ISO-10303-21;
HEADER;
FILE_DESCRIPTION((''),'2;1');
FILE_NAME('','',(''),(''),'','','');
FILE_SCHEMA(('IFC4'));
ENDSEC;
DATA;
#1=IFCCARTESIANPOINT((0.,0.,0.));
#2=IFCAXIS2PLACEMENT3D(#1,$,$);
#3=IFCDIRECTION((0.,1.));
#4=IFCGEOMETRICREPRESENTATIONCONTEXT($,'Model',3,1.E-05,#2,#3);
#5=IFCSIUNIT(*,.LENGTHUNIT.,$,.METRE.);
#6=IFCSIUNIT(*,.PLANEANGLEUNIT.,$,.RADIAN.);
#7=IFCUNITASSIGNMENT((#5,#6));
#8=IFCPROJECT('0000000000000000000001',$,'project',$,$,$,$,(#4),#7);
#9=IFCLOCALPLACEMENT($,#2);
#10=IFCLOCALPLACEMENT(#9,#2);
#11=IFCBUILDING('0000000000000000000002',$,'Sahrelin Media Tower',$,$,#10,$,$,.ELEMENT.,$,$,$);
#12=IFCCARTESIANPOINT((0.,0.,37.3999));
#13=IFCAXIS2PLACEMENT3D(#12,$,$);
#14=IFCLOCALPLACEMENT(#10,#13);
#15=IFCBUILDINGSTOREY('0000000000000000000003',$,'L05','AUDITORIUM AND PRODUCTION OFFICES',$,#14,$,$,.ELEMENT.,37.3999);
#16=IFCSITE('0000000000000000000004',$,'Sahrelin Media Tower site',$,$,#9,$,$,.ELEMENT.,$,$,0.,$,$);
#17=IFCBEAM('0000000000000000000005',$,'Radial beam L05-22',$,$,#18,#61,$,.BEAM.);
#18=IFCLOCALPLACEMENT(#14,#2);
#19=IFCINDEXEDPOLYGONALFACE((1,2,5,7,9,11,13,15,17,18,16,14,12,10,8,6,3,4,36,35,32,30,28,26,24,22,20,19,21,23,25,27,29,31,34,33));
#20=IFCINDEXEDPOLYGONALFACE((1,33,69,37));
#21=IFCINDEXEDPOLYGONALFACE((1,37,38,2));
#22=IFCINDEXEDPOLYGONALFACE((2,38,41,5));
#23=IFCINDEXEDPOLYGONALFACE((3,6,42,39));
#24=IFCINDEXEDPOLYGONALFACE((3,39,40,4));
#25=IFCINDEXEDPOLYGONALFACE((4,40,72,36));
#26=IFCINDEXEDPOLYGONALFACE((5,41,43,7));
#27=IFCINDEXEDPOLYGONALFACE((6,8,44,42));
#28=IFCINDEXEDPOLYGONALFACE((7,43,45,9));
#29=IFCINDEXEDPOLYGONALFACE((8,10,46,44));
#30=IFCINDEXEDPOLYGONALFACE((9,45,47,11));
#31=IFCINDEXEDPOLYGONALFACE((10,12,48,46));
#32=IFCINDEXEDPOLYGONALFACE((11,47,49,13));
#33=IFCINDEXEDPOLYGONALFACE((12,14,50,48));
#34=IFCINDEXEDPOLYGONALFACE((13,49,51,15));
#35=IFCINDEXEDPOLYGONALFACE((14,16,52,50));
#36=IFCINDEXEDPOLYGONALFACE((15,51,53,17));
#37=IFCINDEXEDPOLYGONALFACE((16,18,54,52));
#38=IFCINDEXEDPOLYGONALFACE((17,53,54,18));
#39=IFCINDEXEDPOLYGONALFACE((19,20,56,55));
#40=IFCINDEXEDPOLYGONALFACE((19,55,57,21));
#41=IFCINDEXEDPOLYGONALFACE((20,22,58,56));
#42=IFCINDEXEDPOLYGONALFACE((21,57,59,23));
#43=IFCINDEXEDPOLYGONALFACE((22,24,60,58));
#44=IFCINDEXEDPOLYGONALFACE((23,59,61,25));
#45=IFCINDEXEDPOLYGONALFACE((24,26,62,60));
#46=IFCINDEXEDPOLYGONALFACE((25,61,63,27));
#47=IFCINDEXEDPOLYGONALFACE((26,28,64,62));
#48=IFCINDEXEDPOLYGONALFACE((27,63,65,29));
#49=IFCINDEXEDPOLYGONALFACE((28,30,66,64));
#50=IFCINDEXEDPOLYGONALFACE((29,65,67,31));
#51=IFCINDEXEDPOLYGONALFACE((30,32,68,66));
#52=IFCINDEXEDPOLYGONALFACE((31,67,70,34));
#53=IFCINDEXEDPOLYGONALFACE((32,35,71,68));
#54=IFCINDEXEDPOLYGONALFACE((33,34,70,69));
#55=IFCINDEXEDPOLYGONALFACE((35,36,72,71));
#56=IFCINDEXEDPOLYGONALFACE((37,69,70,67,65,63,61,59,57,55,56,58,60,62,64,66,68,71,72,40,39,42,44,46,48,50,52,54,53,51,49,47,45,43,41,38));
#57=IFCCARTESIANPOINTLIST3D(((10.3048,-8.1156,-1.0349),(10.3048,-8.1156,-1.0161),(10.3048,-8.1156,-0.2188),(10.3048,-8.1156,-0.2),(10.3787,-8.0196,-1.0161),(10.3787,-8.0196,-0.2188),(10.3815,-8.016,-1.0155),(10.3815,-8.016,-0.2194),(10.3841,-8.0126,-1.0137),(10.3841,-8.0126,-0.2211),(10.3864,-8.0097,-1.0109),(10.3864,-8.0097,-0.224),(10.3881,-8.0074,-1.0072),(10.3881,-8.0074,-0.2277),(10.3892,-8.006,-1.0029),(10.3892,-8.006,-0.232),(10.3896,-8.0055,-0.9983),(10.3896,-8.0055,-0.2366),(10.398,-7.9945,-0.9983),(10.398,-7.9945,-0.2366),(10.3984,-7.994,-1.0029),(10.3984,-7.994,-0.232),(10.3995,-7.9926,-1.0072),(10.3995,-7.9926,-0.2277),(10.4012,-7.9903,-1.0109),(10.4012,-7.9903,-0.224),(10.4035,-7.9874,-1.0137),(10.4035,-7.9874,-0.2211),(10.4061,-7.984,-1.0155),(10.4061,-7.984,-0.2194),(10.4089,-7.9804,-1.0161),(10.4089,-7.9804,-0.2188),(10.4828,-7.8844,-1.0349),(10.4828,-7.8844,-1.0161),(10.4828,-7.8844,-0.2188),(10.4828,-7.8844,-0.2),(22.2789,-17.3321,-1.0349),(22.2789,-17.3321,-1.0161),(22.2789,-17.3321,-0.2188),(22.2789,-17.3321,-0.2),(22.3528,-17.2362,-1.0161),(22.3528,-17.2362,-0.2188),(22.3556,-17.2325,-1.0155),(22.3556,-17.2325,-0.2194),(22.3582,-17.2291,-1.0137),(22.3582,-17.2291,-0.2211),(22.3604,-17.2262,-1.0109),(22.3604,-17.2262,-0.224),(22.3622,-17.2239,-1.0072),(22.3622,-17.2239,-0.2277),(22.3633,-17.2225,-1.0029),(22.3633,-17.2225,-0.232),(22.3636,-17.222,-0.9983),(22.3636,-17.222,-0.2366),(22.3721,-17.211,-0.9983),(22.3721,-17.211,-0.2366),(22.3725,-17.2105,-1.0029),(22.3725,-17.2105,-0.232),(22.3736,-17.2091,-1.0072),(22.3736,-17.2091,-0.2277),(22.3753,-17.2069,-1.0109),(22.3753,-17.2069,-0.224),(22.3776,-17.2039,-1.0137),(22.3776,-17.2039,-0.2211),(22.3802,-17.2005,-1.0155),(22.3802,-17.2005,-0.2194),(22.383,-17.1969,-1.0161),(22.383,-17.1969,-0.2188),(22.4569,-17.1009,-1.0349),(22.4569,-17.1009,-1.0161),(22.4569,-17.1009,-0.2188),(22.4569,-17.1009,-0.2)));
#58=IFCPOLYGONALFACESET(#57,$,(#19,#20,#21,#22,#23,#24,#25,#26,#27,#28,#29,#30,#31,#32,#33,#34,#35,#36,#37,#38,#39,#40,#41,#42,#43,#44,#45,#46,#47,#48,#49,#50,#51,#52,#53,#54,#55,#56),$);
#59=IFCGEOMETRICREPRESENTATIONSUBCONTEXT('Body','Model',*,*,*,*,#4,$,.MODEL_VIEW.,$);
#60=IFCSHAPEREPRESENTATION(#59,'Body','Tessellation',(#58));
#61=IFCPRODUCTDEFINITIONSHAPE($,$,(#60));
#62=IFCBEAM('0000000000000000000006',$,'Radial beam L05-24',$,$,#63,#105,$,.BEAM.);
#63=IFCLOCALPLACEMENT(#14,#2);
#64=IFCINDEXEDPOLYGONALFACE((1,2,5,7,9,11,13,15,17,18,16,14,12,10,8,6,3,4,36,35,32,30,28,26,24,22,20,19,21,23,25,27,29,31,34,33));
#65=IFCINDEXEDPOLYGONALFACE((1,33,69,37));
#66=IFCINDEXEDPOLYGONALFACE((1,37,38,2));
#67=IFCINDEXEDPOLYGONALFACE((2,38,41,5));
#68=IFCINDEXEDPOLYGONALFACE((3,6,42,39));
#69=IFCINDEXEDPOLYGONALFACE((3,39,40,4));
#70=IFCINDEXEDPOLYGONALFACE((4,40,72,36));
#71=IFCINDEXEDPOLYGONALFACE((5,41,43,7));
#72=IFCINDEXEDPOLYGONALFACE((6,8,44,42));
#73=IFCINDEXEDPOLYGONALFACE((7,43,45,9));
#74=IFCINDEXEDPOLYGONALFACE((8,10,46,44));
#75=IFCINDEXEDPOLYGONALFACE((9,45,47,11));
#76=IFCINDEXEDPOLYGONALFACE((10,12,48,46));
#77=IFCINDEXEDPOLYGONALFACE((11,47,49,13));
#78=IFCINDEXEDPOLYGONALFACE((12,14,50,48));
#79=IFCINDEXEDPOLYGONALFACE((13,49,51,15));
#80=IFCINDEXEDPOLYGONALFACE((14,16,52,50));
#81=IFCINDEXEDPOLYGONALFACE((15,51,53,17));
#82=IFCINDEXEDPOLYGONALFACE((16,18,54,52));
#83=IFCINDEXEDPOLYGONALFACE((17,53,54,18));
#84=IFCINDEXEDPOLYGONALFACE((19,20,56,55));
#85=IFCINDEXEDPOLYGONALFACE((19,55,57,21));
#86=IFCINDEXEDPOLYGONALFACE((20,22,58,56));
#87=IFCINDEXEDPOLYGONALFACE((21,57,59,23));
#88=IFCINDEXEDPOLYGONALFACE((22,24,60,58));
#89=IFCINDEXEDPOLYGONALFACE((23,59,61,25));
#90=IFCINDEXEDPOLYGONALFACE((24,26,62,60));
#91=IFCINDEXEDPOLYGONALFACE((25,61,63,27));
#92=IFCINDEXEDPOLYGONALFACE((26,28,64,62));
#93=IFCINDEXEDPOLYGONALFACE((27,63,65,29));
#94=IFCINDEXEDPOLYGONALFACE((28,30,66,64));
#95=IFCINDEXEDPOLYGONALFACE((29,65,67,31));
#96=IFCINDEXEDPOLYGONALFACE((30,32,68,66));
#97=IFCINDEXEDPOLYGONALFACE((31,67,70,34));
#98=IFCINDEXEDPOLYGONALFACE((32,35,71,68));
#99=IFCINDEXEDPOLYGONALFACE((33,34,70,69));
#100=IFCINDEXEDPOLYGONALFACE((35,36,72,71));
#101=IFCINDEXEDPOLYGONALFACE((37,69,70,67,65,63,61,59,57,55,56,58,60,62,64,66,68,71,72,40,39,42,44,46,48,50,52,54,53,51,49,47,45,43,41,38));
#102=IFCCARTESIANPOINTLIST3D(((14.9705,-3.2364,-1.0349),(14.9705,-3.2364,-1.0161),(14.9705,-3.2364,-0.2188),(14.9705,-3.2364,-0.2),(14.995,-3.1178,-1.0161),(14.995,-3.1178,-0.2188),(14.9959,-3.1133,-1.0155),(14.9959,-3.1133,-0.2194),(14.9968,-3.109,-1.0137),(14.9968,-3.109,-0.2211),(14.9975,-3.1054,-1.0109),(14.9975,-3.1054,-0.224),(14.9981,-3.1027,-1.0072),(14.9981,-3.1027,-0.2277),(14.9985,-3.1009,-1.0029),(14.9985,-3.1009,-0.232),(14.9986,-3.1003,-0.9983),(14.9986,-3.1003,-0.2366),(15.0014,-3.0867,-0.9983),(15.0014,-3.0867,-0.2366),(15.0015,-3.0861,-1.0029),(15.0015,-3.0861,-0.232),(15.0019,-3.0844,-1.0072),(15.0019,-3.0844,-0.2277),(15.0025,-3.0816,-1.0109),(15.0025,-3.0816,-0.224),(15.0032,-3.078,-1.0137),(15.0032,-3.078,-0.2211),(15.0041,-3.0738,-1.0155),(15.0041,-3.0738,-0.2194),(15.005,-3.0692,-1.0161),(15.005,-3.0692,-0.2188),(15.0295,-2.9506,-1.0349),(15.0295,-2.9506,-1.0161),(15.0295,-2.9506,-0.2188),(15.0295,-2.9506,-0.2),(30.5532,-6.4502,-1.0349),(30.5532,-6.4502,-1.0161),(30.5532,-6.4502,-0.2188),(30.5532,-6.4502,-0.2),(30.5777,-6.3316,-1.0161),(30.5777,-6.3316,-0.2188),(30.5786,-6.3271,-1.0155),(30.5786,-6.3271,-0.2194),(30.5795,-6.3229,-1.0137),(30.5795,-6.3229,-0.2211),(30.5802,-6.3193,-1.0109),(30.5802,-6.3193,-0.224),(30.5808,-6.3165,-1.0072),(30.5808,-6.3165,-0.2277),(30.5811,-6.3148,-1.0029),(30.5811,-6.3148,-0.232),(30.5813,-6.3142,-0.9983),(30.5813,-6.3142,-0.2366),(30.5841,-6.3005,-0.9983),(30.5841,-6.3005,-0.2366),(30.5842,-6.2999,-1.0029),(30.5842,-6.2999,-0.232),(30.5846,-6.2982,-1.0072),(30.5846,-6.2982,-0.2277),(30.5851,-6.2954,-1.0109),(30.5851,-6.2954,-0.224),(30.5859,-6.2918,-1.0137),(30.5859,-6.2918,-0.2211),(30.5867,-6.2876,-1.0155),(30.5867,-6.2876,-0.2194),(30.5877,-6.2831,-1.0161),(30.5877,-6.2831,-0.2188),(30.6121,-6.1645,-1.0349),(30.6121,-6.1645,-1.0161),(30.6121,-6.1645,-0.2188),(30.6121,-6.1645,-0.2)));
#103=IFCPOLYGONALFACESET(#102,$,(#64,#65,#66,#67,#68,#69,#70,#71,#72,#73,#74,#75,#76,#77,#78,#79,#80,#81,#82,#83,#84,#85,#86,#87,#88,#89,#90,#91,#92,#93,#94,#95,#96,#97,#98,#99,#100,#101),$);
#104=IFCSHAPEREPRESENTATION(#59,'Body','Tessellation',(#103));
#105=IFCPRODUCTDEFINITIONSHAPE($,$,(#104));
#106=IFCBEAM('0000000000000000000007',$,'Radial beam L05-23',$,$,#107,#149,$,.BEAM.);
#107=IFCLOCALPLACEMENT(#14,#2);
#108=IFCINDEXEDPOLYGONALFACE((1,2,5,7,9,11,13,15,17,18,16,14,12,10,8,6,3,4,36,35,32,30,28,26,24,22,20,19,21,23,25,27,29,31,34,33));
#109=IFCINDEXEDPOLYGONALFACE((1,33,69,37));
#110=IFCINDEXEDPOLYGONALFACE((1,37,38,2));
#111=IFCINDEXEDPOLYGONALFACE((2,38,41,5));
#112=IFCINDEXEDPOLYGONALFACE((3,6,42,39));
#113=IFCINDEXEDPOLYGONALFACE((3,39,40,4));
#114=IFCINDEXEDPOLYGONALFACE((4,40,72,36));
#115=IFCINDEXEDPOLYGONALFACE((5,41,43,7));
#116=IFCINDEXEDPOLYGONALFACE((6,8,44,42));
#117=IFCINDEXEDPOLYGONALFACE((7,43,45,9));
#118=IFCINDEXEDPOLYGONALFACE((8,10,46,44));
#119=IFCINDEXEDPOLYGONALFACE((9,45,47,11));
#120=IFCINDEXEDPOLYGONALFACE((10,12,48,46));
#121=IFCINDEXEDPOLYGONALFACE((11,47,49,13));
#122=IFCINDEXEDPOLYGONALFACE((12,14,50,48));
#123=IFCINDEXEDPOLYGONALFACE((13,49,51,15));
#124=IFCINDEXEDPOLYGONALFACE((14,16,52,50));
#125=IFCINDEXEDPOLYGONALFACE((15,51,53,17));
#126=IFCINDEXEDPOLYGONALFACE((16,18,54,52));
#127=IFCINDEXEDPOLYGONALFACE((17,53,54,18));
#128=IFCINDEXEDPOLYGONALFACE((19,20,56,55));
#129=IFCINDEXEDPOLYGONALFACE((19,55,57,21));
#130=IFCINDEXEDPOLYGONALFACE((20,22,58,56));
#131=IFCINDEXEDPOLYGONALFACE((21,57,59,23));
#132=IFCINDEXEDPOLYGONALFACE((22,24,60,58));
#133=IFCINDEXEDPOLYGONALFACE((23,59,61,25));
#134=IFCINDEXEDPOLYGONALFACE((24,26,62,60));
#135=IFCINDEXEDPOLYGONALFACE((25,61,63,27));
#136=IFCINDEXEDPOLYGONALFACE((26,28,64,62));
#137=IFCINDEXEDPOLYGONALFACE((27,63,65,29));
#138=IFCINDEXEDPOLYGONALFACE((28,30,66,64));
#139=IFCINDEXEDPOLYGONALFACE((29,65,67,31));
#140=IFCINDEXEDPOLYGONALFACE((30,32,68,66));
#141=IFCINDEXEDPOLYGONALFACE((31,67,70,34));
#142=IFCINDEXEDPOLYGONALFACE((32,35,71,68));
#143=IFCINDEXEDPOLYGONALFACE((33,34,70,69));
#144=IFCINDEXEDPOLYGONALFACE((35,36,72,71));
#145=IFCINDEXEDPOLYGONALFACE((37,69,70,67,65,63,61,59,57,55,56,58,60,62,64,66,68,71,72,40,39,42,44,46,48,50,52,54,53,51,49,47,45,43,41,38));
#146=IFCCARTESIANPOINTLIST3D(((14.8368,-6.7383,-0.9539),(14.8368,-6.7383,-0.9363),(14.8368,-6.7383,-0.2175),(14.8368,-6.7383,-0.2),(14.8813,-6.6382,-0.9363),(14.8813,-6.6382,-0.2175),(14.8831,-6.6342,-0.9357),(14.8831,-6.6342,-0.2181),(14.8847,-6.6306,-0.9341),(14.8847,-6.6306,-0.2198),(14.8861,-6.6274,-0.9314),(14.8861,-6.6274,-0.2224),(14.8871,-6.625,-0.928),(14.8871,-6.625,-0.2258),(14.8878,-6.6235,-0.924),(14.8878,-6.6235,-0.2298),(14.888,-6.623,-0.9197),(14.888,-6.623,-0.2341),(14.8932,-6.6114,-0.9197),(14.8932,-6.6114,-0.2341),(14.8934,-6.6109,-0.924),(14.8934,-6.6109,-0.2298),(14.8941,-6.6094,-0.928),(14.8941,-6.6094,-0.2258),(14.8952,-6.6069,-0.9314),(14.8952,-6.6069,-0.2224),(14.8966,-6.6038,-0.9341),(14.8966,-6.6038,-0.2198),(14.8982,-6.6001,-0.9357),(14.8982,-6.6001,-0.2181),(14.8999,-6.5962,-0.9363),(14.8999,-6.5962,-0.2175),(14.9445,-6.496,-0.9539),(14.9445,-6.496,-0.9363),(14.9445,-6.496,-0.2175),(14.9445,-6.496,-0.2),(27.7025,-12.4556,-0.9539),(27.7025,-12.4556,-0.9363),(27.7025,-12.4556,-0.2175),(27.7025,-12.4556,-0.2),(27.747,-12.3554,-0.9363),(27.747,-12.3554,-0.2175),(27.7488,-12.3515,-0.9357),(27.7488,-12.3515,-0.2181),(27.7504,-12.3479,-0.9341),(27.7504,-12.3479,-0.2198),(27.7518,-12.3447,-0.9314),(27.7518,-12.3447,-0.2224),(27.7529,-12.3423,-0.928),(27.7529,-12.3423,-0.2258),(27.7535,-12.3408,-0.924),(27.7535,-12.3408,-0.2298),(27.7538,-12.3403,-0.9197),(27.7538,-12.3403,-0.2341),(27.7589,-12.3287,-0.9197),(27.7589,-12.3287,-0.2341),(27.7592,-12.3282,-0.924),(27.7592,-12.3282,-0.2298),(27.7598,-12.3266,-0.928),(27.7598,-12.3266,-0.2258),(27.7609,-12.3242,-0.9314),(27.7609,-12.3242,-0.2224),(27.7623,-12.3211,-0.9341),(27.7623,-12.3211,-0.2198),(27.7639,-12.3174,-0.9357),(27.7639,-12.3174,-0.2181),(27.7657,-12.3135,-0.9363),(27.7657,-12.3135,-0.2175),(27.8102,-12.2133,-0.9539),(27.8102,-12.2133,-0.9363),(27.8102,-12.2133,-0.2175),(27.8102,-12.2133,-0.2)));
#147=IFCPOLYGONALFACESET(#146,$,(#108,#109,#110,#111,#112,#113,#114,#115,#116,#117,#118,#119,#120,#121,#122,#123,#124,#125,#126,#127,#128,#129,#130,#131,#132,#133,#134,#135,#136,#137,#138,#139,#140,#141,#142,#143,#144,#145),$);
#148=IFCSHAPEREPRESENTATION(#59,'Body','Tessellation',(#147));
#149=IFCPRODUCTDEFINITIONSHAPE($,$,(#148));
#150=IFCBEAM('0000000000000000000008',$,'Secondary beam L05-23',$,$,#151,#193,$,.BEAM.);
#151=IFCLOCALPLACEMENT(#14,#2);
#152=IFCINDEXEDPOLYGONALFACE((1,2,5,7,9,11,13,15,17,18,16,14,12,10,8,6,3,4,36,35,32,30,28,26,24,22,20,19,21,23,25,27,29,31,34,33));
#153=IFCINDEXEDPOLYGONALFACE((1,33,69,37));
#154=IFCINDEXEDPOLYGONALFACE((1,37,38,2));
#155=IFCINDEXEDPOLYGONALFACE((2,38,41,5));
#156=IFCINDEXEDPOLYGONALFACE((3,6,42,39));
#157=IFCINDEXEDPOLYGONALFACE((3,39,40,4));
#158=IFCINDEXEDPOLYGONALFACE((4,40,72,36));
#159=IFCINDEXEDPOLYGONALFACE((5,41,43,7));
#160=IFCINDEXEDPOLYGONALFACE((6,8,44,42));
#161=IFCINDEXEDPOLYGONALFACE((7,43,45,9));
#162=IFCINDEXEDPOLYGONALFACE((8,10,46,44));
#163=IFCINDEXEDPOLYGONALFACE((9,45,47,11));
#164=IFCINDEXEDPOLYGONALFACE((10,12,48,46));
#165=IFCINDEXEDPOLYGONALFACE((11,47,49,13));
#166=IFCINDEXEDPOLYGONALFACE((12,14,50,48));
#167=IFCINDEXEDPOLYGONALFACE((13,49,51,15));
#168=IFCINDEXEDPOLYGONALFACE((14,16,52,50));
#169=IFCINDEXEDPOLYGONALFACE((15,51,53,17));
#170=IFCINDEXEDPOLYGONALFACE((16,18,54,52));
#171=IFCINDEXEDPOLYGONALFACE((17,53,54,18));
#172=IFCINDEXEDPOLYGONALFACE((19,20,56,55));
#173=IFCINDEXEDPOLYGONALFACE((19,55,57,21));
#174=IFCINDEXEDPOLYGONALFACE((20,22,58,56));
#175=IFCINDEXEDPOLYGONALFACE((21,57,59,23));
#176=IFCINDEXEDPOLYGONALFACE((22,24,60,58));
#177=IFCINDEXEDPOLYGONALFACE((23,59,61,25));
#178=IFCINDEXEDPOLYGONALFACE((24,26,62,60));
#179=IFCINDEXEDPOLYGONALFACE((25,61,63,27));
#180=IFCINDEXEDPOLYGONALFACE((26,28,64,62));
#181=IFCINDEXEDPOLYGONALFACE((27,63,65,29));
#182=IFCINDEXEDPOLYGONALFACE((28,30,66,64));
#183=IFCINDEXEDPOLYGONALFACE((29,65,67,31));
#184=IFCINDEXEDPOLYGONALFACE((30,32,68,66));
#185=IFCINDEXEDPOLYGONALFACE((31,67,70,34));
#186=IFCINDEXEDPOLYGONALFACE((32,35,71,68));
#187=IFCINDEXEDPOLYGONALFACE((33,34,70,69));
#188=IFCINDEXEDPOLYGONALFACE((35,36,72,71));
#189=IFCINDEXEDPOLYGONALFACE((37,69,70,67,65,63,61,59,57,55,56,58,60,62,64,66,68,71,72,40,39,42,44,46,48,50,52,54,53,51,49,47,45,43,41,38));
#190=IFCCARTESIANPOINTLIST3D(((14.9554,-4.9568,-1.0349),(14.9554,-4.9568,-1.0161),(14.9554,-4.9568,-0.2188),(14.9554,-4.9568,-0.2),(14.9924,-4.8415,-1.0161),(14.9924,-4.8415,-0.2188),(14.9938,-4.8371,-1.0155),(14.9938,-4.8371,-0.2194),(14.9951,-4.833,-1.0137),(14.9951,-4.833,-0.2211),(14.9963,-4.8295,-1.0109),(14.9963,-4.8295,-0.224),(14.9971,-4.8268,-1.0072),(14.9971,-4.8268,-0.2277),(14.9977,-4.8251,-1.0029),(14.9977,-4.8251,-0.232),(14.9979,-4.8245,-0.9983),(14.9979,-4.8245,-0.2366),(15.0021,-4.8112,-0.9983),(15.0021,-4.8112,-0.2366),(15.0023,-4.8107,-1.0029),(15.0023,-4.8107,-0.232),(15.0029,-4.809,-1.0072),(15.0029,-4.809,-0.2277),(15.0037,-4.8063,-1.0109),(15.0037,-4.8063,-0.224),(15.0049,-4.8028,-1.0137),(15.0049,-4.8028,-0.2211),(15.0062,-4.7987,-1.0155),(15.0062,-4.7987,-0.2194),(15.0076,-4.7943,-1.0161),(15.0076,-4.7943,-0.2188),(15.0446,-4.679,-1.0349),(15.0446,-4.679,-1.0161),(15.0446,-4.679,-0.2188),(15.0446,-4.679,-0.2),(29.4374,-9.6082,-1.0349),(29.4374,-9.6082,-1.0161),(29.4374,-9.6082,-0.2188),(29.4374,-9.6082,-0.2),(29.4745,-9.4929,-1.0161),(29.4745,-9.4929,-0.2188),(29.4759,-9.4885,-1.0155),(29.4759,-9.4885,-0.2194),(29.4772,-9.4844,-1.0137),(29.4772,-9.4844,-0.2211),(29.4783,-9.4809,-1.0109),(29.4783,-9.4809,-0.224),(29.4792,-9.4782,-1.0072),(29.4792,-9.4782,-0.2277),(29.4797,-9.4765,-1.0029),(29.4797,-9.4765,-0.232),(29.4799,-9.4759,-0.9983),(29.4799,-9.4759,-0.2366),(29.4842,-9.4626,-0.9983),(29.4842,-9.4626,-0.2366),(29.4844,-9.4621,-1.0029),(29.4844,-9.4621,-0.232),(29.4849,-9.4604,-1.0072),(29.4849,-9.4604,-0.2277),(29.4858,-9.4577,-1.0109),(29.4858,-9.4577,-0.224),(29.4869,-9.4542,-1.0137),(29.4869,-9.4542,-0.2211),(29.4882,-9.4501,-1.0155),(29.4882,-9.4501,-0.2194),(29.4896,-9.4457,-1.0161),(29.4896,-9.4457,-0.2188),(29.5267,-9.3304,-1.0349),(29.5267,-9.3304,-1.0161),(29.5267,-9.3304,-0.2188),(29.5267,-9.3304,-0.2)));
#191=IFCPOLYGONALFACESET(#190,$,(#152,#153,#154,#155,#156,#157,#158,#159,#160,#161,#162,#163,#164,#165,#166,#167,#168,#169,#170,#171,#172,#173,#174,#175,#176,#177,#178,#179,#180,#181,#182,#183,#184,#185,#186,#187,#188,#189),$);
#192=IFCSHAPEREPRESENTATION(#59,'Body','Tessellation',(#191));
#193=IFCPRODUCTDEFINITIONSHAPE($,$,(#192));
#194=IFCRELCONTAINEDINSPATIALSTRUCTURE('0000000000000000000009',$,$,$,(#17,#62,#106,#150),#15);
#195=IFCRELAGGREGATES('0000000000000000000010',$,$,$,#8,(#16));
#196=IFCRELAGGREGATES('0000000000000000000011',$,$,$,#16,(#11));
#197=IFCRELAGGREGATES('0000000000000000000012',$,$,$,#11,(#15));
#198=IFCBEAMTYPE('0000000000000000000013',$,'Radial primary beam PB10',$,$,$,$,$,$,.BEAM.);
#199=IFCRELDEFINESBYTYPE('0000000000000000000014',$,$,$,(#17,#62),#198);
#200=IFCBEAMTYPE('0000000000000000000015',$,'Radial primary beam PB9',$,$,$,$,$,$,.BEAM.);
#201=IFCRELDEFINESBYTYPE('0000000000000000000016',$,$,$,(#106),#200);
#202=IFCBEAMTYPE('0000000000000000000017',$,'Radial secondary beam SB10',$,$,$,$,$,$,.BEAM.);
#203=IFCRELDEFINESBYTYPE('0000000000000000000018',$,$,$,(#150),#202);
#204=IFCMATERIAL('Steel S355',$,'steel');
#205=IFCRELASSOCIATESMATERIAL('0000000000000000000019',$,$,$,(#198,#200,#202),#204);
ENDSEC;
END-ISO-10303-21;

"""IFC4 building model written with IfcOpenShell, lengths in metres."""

from ifc_helpers import new_model, si_unit, direction, frame, origin, origin_2d, place, context, subcontext, project, spatial, i_section, extrude, material, material_profile, profile_set, type_object, element, save


model = new_model("IFC4")

# Units and contexts
model_context = context("Model", 3, precision=1e-05, world=origin(), true_north=direction((0.0, 1.0)))
body_context = subcontext(model_context, "Body", "Model", "MODEL_VIEW")
ifc_project = project(units=[si_unit("LENGTHUNIT", "METRE"), si_unit("PLANEANGLEUNIT", "RADIAN")], contexts=[model_context])

# Site, building, storey
site_placement = place(None, origin())
site = spatial("IfcSite", under=ifc_project, at=site_placement, Name="Sahrelin Media Tower site", CompositionType="ELEMENT", RefElevation=0.0)
building_placement = place(site_placement, origin())
building = spatial("IfcBuilding", under=site, at=building_placement, Name="Sahrelin Media Tower", CompositionType="ELEMENT")
storey_placement = place(building_placement, frame((0.0, 0.0, 37.3999)))
storey = spatial("IfcBuildingStorey", under=building, at=storey_placement, Name="L05", Description="AUDITORIUM AND PRODUCTION OFFICES", CompositionType="ELEMENT", Elevation=37.3999)

# Beams
ifc_material_1 = material(Name="Steel S355", Category="steel")
ifc_material_profile_1 = material_profile(ifc_material_1, i_section(OverallWidth=0.2917, OverallDepth=0.835, WebThickness=0.0139, FlangeThickness=0.0188, FilletRadius=0.0178, at=origin_2d()), Name="UB 838x292x176")
ifc_profile_set_1 = profile_set([ifc_material_profile_1], Name="Steel S355")
beam_type_1 = type_object("IfcBeamType", Name="Radial primary beam PB10", PredefinedType="BEAM", material=ifc_profile_set_1)
beam_1_placement = place(storey_placement, frame((10.3938, -8.0, -0.6174), z_axis=(0.792442, -0.609947, 0.0), x_axis=(0.609947, 0.792442, 0.0)))
element("IfcBeam", 1, at=beam_1_placement, inside=storey, type_object=beam_type_1, Name="Radial beam L05-22", PredefinedType="BEAM", context=body_context, shape_type="SweptSolid", body=[
    extrude(i_section(OverallWidth=0.2917, OverallDepth=0.835, WebThickness=0.0139, FlangeThickness=0.0188, FilletRadius=0.0178, at=origin_2d()), origin(), (0.0, 0.0, 1.0), 15.1104),
])
beam_2_placement = place(storey_placement, frame((15.0, -3.0935, -0.6174), z_axis=(0.979387, -0.201994, 0.0), x_axis=(0.201994, 0.979387, 0.0)))
element("IfcBeam", 2, at=beam_2_placement, inside=storey, type_object=beam_type_1, Name="Radial beam L05-24", PredefinedType="BEAM", context=body_context, shape_type="SweptSolid", body=[
    extrude(i_section(OverallWidth=0.2917, OverallDepth=0.835, WebThickness=0.0139, FlangeThickness=0.0188, FilletRadius=0.0178, at=origin_2d()), origin(), (0.0, 0.0, 1.0), 15.9106),
])
ifc_material_profile_2 = material_profile(ifc_material_1, i_section(OverallWidth=0.2651, OverallDepth=0.7539, WebThickness=0.0127, FlangeThickness=0.0176, FilletRadius=0.0166, at=origin_2d()), Name="UB 762x267x147")
ifc_profile_set_2 = profile_set([ifc_material_profile_2], Name="Steel S355")
beam_type_2 = type_object("IfcBeamType", Name="Radial primary beam PB9", PredefinedType="BEAM", material=ifc_profile_set_2)
beam_3_placement = place(storey_placement, frame((14.8906, -6.6172, -0.5769), z_axis=(0.913833, -0.40609, 0.0), x_axis=(0.40609, 0.913833, 0.0)))
element("IfcBeam", 3, at=beam_3_placement, inside=storey, type_object=beam_type_2, Name="Radial beam L05-23", PredefinedType="BEAM", context=body_context, shape_type="SweptSolid", body=[
    extrude(i_section(OverallWidth=0.2651, OverallDepth=0.7539, WebThickness=0.0127, FlangeThickness=0.0176, FilletRadius=0.0166, at=origin_2d()), origin(), (0.0, 0.0, 1.0), 14.0789),
])
ifc_material_profile_3 = material_profile(ifc_material_1, i_section(OverallWidth=0.2917, OverallDepth=0.835, WebThickness=0.0139, FlangeThickness=0.0188, FilletRadius=0.0178, at=origin_2d()), Name="UB 838x292x176")
ifc_profile_set_3 = profile_set([ifc_material_profile_3], Name="Steel S355")
beam_type_3 = type_object("IfcBeamType", Name="Radial secondary beam SB10", PredefinedType="BEAM", material=ifc_profile_set_3)
beam_4_placement = place(storey_placement, frame((15.0, -4.8179, -0.6174), z_axis=(0.952096, -0.305798, 0.0), x_axis=(0.305798, 0.952096, 0.0)))
element("IfcBeam", 4, at=beam_4_placement, inside=storey, type_object=beam_type_3, Name="Secondary beam L05-23", PredefinedType="BEAM", context=body_context, shape_type="SweptSolid", body=[
    extrude(i_section(OverallWidth=0.2917, OverallDepth=0.835, WebThickness=0.0139, FlangeThickness=0.0188, FilletRadius=0.0178, at=origin_2d()), origin(), (0.0, 0.0, 1.0), 15.2107),
])

save(model, "model.ifc")
